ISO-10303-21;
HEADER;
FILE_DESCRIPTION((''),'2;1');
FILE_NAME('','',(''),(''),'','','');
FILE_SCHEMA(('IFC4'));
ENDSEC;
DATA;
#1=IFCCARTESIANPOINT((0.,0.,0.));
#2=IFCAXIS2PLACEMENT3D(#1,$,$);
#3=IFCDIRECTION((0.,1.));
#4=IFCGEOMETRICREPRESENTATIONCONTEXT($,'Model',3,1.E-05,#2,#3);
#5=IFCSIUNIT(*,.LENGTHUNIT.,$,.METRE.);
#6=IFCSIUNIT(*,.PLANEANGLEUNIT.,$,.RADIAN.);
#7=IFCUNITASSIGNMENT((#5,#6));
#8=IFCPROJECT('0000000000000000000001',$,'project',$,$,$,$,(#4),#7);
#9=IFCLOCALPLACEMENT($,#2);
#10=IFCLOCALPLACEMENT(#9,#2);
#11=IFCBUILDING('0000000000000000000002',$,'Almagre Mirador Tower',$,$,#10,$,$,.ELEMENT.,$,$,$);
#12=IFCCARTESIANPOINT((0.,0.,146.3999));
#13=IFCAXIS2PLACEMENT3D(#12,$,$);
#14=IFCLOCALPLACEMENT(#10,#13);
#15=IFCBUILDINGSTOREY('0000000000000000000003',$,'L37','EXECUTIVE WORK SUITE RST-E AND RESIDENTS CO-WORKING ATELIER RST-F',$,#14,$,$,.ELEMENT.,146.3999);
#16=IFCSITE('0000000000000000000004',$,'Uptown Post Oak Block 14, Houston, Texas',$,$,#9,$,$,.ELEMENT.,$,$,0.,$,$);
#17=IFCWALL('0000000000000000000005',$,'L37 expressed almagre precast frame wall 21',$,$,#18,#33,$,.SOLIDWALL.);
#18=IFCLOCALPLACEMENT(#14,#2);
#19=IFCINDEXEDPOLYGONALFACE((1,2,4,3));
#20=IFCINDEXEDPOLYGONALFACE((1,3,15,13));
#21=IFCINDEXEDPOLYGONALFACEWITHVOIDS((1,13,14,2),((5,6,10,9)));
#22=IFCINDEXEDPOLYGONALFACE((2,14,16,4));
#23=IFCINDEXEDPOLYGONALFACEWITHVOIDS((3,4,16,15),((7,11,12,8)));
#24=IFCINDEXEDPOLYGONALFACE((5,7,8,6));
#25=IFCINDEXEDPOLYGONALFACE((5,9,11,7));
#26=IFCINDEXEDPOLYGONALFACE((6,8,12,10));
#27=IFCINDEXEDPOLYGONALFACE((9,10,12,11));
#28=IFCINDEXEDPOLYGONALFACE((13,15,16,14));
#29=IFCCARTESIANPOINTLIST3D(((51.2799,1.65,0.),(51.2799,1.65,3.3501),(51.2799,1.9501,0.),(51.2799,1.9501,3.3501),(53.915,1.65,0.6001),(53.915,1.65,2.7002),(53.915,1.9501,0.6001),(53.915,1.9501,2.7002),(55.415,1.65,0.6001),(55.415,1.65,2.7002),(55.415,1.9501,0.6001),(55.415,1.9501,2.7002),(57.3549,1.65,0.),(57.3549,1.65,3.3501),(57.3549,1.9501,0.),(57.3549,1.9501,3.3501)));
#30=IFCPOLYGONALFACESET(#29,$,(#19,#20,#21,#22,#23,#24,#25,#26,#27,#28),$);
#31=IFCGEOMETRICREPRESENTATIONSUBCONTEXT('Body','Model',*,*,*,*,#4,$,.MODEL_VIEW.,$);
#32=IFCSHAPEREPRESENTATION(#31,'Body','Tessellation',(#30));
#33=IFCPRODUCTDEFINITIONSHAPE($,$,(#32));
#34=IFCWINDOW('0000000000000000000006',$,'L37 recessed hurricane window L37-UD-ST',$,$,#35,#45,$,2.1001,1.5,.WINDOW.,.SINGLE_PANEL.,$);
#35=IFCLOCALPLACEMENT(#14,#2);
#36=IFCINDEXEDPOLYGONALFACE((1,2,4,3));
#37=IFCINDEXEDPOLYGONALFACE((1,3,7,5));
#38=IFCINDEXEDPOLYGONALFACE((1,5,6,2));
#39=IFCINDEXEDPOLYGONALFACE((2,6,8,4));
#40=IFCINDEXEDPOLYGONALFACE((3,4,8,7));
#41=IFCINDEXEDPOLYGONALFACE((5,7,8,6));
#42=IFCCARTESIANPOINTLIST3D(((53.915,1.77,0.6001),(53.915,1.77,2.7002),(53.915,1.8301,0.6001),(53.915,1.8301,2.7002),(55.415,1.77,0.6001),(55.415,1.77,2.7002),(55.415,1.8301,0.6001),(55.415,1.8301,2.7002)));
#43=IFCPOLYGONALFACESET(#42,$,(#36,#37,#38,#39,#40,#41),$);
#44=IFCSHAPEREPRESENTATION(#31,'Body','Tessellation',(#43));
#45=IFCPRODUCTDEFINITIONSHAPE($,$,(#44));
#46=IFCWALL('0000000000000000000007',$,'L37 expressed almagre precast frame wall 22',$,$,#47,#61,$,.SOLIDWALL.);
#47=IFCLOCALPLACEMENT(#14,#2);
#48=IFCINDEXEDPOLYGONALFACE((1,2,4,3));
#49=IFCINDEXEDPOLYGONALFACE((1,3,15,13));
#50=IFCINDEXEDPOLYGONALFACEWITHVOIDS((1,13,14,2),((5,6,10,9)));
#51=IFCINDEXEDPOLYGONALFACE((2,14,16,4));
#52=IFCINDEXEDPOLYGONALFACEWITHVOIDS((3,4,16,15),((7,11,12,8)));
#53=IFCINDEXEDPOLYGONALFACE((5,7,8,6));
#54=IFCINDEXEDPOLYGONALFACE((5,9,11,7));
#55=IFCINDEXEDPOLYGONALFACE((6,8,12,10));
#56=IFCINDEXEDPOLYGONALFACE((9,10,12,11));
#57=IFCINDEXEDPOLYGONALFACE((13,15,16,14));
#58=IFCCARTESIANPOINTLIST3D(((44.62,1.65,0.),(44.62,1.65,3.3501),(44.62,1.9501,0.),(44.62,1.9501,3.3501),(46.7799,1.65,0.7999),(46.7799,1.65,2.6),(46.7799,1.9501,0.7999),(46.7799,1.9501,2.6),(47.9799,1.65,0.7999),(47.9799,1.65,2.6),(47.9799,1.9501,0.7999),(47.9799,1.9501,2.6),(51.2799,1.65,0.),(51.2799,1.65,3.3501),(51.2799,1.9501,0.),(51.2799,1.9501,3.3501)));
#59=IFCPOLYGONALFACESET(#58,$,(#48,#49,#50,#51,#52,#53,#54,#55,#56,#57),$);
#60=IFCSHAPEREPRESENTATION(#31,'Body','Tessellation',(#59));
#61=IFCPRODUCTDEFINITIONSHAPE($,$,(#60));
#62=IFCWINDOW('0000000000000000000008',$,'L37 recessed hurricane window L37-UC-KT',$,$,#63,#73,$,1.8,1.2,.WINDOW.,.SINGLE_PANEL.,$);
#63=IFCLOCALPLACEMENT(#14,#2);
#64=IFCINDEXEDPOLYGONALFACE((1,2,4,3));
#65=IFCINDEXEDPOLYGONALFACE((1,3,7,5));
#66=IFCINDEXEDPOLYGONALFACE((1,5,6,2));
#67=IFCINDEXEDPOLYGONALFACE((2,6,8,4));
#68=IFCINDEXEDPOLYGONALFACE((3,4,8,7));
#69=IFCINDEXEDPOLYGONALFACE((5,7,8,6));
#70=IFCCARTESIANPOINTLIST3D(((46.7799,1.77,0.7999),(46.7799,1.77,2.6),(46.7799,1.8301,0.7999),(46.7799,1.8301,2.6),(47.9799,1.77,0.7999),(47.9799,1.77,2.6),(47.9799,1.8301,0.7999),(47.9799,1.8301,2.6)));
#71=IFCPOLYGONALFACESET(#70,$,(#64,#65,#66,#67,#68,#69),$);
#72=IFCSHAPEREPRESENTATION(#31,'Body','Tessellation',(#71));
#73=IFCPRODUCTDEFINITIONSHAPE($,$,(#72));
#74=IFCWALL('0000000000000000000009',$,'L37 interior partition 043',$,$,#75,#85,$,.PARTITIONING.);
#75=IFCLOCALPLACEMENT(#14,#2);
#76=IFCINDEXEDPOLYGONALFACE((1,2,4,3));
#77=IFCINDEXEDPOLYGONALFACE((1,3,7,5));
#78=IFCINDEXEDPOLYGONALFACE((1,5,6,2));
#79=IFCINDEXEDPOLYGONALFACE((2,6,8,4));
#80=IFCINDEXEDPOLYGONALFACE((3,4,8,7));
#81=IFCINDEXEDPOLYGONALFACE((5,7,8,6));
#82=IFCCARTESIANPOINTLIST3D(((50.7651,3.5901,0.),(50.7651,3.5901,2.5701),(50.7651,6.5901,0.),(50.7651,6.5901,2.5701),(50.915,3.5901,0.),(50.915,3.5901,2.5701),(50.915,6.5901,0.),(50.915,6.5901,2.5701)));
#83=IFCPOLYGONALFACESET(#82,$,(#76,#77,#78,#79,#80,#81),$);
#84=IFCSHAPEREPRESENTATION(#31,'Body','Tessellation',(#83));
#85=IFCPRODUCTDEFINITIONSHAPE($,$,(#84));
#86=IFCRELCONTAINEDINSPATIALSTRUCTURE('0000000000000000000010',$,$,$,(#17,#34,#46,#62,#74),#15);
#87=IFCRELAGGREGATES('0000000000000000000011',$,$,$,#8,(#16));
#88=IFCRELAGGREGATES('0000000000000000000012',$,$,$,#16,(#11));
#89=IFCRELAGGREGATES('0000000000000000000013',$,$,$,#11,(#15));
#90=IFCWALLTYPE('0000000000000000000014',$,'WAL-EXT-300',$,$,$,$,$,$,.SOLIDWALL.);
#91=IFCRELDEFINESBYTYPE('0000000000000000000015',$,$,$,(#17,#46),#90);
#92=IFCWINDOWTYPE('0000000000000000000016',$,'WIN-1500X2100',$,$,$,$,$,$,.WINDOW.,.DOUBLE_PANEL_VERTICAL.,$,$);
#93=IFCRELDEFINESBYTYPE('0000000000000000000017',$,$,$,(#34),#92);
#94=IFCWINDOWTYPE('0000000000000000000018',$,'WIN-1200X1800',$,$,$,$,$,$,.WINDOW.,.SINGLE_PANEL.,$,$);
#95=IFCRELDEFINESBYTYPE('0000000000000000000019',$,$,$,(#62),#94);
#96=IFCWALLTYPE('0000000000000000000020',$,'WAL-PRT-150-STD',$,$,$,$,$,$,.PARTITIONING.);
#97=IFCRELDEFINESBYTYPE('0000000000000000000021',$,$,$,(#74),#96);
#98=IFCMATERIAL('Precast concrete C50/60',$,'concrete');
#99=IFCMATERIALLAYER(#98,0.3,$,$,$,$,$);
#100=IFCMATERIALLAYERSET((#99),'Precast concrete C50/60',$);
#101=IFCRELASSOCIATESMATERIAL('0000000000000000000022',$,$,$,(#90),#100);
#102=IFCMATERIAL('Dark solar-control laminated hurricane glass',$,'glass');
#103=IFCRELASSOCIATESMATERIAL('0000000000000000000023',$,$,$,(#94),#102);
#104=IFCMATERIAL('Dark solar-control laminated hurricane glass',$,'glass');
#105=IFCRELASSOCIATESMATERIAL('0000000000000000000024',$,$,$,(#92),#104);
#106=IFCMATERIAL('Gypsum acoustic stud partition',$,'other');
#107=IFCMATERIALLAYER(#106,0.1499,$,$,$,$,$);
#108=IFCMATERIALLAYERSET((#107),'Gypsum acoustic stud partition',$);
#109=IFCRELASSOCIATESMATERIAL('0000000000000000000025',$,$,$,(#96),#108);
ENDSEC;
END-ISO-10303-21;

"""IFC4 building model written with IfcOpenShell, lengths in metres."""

from ifc_helpers import new_model, si_unit, direction, frame, frame_2d, origin, place, context, subcontext, project, spatial, rectangle, extrude, material, layer, layer_set, type_object, element, fill, save


model = new_model("IFC4")

# Units and contexts
model_context = context("Model", 3, precision=1e-05, world=origin(), true_north=direction((0.0, 1.0)))
body_context = subcontext(model_context, "Body", "Model", "MODEL_VIEW")
ifc_project = project(units=[si_unit("LENGTHUNIT", "METRE"), si_unit("PLANEANGLEUNIT", "RADIAN")], contexts=[model_context])

# Site, building, storey
site_placement = place(None, origin())
site = spatial("IfcSite", under=ifc_project, at=site_placement, Name="Uptown Post Oak Block 14, Houston, Texas", CompositionType="ELEMENT", RefElevation=0.0)
building_placement = place(site_placement, origin())
building = spatial("IfcBuilding", under=site, at=building_placement, Name="Almagre Mirador Tower", CompositionType="ELEMENT")
storey_placement = place(building_placement, frame((0.0, 0.0, 146.3999)))
storey = spatial("IfcBuildingStorey", under=building, at=storey_placement, Name="L37", Description="EXECUTIVE WORK SUITE RST-E AND RESIDENTS CO-WORKING ATELIER RST-F", CompositionType="ELEMENT", Elevation=146.3999)

# Shared definitions
ifc_material_1 = material(Name="Precast concrete C50/60", Category="concrete")
ifc_layer_1 = layer(ifc_material_1, 0.3)
ifc_layer_set_1 = layer_set([ifc_layer_1], Name="Precast concrete C50/60")
wall_type_1 = type_object("IfcWallType", Name="WAL-EXT-300", PredefinedType="SOLIDWALL", material=ifc_layer_set_1)
ifc_material_2 = material(Name="Dark solar-control laminated hurricane glass", Category="glass")
window_type_1 = type_object("IfcWindowType", Name="WIN-1200X1800", PartitioningType="SINGLE_PANEL", PredefinedType="WINDOW", material=ifc_material_2)

# Walls, openings, windows
wall_1_placement = place(storey_placement, frame((57.355, 1.8, 0.0), z_axis=(0.0, 0.0, 1.0), x_axis=(-1.0, 0.0, 0.0)))
wall_1 = element("IfcWall", 1, at=wall_1_placement, inside=storey, type_object=wall_type_1, Name="L37 expressed almagre precast frame wall 21", PredefinedType="SOLIDWALL", context=body_context, shape_type="SweptSolid", body=[
    extrude(rectangle(XDim=6.075, YDim=0.3, at=frame_2d((3.0376, 0.0))), origin(), (0.0, 0.0, 1.0), 3.3501),
])
opening_1_placement = place(wall_1_placement, frame((1.9399, 0.0, 0.6001)))
opening_1 = element("IfcOpeningElement", 2, at=opening_1_placement, cuts=wall_1, PredefinedType="OPENING", context=body_context, shape_type="SweptSolid", body=[
    extrude(rectangle(XDim=1.5, YDim=2.1001, at=frame_2d((0.75, 1.05))), frame((0.0, 0.1599, 0.0), z_axis=(0.0, -1.0, 0.0), x_axis=(1.0, 0.0, 0.0)), (0.0, 0.0, 1.0), 0.32),
])
ifc_material_3 = material(Name="Dark solar-control laminated hurricane glass", Category="glass")
window_type_2 = type_object("IfcWindowType", Name="WIN-1500X2100", PartitioningType="DOUBLE_PANEL_VERTICAL", PredefinedType="WINDOW", material=ifc_material_3)
window_1_placement = place(opening_1_placement, origin())
window_1 = element("IfcWindow", 3, at=window_1_placement, inside=storey, type_object=window_type_2, Name="L37 recessed hurricane window L37-UD-ST", OverallHeight=2.1001, OverallWidth=1.5, PartitioningType="SINGLE_PANEL", PredefinedType="WINDOW", context=body_context, shape_type="SweptSolid", body=[
    extrude(rectangle(XDim=1.5, YDim=2.1001, at=frame_2d((0.75, 1.05))), frame((0.0, 0.03, 0.0), z_axis=(0.0, -1.0, 0.0), x_axis=(1.0, 0.0, 0.0)), (0.0, 0.0, 1.0), 0.0601),
])
fill(opening_1, window_1)
wall_2_placement = place(storey_placement, frame((51.28, 1.8, 0.0), z_axis=(0.0, 0.0, 1.0), x_axis=(-1.0, 0.0, 0.0)))
wall_2 = element("IfcWall", 4, at=wall_2_placement, inside=storey, type_object=wall_type_1, Name="L37 expressed almagre precast frame wall 22", PredefinedType="SOLIDWALL", context=body_context, shape_type="SweptSolid", body=[
    extrude(rectangle(XDim=6.6599, YDim=0.3, at=frame_2d((3.3301, 0.0))), origin(), (0.0, 0.0, 1.0), 3.3501),
])
opening_2_placement = place(wall_2_placement, frame((3.3, 0.0, 0.8)))
opening_2 = element("IfcOpeningElement", 5, at=opening_2_placement, cuts=wall_2, PredefinedType="OPENING", context=body_context, shape_type="SweptSolid", body=[
    extrude(rectangle(XDim=1.2, YDim=1.8, at=frame_2d((0.6001, 0.8999))), frame((0.0, 0.1599, 0.0), z_axis=(0.0, -1.0, 0.0), x_axis=(1.0, 0.0, 0.0)), (0.0, 0.0, 1.0), 0.32),
])
window_2_placement = place(opening_2_placement, origin())
window_2 = element("IfcWindow", 6, at=window_2_placement, inside=storey, type_object=window_type_1, Name="L37 recessed hurricane window L37-UC-KT", OverallHeight=1.8, OverallWidth=1.2, PartitioningType="SINGLE_PANEL", PredefinedType="WINDOW", context=body_context, shape_type="SweptSolid", body=[
    extrude(rectangle(XDim=1.2, YDim=1.8, at=frame_2d((0.6001, 0.8999))), frame((0.0, 0.03, 0.0), z_axis=(0.0, -1.0, 0.0), x_axis=(1.0, 0.0, 0.0)), (0.0, 0.0, 1.0), 0.0601),
])
fill(opening_2, window_2)

# Wall
ifc_material_4 = material(Name="Gypsum acoustic stud partition", Category="other")
ifc_layer_2 = layer(ifc_material_4, 0.1499)
ifc_layer_set_2 = layer_set([ifc_layer_2], Name="Gypsum acoustic stud partition")
wall_type_2 = type_object("IfcWallType", Name="WAL-PRT-150-STD", PredefinedType="PARTITIONING", material=ifc_layer_set_2)
wall_3_placement = place(storey_placement, frame((50.8401, 6.5901, 0.0), z_axis=(0.0, 0.0, 1.0), x_axis=(0.0, -1.0, 0.0)))
element("IfcWall", 7, at=wall_3_placement, inside=storey, type_object=wall_type_2, Name="L37 interior partition 043", PredefinedType="PARTITIONING", context=body_context, shape_type="SweptSolid", body=[
    extrude(rectangle(XDim=3.0, YDim=0.1499, at=frame_2d((1.5, 0.0))), origin(), (0.0, 0.0, 1.0), 2.5701),
])

save(model, "model.ifc")
